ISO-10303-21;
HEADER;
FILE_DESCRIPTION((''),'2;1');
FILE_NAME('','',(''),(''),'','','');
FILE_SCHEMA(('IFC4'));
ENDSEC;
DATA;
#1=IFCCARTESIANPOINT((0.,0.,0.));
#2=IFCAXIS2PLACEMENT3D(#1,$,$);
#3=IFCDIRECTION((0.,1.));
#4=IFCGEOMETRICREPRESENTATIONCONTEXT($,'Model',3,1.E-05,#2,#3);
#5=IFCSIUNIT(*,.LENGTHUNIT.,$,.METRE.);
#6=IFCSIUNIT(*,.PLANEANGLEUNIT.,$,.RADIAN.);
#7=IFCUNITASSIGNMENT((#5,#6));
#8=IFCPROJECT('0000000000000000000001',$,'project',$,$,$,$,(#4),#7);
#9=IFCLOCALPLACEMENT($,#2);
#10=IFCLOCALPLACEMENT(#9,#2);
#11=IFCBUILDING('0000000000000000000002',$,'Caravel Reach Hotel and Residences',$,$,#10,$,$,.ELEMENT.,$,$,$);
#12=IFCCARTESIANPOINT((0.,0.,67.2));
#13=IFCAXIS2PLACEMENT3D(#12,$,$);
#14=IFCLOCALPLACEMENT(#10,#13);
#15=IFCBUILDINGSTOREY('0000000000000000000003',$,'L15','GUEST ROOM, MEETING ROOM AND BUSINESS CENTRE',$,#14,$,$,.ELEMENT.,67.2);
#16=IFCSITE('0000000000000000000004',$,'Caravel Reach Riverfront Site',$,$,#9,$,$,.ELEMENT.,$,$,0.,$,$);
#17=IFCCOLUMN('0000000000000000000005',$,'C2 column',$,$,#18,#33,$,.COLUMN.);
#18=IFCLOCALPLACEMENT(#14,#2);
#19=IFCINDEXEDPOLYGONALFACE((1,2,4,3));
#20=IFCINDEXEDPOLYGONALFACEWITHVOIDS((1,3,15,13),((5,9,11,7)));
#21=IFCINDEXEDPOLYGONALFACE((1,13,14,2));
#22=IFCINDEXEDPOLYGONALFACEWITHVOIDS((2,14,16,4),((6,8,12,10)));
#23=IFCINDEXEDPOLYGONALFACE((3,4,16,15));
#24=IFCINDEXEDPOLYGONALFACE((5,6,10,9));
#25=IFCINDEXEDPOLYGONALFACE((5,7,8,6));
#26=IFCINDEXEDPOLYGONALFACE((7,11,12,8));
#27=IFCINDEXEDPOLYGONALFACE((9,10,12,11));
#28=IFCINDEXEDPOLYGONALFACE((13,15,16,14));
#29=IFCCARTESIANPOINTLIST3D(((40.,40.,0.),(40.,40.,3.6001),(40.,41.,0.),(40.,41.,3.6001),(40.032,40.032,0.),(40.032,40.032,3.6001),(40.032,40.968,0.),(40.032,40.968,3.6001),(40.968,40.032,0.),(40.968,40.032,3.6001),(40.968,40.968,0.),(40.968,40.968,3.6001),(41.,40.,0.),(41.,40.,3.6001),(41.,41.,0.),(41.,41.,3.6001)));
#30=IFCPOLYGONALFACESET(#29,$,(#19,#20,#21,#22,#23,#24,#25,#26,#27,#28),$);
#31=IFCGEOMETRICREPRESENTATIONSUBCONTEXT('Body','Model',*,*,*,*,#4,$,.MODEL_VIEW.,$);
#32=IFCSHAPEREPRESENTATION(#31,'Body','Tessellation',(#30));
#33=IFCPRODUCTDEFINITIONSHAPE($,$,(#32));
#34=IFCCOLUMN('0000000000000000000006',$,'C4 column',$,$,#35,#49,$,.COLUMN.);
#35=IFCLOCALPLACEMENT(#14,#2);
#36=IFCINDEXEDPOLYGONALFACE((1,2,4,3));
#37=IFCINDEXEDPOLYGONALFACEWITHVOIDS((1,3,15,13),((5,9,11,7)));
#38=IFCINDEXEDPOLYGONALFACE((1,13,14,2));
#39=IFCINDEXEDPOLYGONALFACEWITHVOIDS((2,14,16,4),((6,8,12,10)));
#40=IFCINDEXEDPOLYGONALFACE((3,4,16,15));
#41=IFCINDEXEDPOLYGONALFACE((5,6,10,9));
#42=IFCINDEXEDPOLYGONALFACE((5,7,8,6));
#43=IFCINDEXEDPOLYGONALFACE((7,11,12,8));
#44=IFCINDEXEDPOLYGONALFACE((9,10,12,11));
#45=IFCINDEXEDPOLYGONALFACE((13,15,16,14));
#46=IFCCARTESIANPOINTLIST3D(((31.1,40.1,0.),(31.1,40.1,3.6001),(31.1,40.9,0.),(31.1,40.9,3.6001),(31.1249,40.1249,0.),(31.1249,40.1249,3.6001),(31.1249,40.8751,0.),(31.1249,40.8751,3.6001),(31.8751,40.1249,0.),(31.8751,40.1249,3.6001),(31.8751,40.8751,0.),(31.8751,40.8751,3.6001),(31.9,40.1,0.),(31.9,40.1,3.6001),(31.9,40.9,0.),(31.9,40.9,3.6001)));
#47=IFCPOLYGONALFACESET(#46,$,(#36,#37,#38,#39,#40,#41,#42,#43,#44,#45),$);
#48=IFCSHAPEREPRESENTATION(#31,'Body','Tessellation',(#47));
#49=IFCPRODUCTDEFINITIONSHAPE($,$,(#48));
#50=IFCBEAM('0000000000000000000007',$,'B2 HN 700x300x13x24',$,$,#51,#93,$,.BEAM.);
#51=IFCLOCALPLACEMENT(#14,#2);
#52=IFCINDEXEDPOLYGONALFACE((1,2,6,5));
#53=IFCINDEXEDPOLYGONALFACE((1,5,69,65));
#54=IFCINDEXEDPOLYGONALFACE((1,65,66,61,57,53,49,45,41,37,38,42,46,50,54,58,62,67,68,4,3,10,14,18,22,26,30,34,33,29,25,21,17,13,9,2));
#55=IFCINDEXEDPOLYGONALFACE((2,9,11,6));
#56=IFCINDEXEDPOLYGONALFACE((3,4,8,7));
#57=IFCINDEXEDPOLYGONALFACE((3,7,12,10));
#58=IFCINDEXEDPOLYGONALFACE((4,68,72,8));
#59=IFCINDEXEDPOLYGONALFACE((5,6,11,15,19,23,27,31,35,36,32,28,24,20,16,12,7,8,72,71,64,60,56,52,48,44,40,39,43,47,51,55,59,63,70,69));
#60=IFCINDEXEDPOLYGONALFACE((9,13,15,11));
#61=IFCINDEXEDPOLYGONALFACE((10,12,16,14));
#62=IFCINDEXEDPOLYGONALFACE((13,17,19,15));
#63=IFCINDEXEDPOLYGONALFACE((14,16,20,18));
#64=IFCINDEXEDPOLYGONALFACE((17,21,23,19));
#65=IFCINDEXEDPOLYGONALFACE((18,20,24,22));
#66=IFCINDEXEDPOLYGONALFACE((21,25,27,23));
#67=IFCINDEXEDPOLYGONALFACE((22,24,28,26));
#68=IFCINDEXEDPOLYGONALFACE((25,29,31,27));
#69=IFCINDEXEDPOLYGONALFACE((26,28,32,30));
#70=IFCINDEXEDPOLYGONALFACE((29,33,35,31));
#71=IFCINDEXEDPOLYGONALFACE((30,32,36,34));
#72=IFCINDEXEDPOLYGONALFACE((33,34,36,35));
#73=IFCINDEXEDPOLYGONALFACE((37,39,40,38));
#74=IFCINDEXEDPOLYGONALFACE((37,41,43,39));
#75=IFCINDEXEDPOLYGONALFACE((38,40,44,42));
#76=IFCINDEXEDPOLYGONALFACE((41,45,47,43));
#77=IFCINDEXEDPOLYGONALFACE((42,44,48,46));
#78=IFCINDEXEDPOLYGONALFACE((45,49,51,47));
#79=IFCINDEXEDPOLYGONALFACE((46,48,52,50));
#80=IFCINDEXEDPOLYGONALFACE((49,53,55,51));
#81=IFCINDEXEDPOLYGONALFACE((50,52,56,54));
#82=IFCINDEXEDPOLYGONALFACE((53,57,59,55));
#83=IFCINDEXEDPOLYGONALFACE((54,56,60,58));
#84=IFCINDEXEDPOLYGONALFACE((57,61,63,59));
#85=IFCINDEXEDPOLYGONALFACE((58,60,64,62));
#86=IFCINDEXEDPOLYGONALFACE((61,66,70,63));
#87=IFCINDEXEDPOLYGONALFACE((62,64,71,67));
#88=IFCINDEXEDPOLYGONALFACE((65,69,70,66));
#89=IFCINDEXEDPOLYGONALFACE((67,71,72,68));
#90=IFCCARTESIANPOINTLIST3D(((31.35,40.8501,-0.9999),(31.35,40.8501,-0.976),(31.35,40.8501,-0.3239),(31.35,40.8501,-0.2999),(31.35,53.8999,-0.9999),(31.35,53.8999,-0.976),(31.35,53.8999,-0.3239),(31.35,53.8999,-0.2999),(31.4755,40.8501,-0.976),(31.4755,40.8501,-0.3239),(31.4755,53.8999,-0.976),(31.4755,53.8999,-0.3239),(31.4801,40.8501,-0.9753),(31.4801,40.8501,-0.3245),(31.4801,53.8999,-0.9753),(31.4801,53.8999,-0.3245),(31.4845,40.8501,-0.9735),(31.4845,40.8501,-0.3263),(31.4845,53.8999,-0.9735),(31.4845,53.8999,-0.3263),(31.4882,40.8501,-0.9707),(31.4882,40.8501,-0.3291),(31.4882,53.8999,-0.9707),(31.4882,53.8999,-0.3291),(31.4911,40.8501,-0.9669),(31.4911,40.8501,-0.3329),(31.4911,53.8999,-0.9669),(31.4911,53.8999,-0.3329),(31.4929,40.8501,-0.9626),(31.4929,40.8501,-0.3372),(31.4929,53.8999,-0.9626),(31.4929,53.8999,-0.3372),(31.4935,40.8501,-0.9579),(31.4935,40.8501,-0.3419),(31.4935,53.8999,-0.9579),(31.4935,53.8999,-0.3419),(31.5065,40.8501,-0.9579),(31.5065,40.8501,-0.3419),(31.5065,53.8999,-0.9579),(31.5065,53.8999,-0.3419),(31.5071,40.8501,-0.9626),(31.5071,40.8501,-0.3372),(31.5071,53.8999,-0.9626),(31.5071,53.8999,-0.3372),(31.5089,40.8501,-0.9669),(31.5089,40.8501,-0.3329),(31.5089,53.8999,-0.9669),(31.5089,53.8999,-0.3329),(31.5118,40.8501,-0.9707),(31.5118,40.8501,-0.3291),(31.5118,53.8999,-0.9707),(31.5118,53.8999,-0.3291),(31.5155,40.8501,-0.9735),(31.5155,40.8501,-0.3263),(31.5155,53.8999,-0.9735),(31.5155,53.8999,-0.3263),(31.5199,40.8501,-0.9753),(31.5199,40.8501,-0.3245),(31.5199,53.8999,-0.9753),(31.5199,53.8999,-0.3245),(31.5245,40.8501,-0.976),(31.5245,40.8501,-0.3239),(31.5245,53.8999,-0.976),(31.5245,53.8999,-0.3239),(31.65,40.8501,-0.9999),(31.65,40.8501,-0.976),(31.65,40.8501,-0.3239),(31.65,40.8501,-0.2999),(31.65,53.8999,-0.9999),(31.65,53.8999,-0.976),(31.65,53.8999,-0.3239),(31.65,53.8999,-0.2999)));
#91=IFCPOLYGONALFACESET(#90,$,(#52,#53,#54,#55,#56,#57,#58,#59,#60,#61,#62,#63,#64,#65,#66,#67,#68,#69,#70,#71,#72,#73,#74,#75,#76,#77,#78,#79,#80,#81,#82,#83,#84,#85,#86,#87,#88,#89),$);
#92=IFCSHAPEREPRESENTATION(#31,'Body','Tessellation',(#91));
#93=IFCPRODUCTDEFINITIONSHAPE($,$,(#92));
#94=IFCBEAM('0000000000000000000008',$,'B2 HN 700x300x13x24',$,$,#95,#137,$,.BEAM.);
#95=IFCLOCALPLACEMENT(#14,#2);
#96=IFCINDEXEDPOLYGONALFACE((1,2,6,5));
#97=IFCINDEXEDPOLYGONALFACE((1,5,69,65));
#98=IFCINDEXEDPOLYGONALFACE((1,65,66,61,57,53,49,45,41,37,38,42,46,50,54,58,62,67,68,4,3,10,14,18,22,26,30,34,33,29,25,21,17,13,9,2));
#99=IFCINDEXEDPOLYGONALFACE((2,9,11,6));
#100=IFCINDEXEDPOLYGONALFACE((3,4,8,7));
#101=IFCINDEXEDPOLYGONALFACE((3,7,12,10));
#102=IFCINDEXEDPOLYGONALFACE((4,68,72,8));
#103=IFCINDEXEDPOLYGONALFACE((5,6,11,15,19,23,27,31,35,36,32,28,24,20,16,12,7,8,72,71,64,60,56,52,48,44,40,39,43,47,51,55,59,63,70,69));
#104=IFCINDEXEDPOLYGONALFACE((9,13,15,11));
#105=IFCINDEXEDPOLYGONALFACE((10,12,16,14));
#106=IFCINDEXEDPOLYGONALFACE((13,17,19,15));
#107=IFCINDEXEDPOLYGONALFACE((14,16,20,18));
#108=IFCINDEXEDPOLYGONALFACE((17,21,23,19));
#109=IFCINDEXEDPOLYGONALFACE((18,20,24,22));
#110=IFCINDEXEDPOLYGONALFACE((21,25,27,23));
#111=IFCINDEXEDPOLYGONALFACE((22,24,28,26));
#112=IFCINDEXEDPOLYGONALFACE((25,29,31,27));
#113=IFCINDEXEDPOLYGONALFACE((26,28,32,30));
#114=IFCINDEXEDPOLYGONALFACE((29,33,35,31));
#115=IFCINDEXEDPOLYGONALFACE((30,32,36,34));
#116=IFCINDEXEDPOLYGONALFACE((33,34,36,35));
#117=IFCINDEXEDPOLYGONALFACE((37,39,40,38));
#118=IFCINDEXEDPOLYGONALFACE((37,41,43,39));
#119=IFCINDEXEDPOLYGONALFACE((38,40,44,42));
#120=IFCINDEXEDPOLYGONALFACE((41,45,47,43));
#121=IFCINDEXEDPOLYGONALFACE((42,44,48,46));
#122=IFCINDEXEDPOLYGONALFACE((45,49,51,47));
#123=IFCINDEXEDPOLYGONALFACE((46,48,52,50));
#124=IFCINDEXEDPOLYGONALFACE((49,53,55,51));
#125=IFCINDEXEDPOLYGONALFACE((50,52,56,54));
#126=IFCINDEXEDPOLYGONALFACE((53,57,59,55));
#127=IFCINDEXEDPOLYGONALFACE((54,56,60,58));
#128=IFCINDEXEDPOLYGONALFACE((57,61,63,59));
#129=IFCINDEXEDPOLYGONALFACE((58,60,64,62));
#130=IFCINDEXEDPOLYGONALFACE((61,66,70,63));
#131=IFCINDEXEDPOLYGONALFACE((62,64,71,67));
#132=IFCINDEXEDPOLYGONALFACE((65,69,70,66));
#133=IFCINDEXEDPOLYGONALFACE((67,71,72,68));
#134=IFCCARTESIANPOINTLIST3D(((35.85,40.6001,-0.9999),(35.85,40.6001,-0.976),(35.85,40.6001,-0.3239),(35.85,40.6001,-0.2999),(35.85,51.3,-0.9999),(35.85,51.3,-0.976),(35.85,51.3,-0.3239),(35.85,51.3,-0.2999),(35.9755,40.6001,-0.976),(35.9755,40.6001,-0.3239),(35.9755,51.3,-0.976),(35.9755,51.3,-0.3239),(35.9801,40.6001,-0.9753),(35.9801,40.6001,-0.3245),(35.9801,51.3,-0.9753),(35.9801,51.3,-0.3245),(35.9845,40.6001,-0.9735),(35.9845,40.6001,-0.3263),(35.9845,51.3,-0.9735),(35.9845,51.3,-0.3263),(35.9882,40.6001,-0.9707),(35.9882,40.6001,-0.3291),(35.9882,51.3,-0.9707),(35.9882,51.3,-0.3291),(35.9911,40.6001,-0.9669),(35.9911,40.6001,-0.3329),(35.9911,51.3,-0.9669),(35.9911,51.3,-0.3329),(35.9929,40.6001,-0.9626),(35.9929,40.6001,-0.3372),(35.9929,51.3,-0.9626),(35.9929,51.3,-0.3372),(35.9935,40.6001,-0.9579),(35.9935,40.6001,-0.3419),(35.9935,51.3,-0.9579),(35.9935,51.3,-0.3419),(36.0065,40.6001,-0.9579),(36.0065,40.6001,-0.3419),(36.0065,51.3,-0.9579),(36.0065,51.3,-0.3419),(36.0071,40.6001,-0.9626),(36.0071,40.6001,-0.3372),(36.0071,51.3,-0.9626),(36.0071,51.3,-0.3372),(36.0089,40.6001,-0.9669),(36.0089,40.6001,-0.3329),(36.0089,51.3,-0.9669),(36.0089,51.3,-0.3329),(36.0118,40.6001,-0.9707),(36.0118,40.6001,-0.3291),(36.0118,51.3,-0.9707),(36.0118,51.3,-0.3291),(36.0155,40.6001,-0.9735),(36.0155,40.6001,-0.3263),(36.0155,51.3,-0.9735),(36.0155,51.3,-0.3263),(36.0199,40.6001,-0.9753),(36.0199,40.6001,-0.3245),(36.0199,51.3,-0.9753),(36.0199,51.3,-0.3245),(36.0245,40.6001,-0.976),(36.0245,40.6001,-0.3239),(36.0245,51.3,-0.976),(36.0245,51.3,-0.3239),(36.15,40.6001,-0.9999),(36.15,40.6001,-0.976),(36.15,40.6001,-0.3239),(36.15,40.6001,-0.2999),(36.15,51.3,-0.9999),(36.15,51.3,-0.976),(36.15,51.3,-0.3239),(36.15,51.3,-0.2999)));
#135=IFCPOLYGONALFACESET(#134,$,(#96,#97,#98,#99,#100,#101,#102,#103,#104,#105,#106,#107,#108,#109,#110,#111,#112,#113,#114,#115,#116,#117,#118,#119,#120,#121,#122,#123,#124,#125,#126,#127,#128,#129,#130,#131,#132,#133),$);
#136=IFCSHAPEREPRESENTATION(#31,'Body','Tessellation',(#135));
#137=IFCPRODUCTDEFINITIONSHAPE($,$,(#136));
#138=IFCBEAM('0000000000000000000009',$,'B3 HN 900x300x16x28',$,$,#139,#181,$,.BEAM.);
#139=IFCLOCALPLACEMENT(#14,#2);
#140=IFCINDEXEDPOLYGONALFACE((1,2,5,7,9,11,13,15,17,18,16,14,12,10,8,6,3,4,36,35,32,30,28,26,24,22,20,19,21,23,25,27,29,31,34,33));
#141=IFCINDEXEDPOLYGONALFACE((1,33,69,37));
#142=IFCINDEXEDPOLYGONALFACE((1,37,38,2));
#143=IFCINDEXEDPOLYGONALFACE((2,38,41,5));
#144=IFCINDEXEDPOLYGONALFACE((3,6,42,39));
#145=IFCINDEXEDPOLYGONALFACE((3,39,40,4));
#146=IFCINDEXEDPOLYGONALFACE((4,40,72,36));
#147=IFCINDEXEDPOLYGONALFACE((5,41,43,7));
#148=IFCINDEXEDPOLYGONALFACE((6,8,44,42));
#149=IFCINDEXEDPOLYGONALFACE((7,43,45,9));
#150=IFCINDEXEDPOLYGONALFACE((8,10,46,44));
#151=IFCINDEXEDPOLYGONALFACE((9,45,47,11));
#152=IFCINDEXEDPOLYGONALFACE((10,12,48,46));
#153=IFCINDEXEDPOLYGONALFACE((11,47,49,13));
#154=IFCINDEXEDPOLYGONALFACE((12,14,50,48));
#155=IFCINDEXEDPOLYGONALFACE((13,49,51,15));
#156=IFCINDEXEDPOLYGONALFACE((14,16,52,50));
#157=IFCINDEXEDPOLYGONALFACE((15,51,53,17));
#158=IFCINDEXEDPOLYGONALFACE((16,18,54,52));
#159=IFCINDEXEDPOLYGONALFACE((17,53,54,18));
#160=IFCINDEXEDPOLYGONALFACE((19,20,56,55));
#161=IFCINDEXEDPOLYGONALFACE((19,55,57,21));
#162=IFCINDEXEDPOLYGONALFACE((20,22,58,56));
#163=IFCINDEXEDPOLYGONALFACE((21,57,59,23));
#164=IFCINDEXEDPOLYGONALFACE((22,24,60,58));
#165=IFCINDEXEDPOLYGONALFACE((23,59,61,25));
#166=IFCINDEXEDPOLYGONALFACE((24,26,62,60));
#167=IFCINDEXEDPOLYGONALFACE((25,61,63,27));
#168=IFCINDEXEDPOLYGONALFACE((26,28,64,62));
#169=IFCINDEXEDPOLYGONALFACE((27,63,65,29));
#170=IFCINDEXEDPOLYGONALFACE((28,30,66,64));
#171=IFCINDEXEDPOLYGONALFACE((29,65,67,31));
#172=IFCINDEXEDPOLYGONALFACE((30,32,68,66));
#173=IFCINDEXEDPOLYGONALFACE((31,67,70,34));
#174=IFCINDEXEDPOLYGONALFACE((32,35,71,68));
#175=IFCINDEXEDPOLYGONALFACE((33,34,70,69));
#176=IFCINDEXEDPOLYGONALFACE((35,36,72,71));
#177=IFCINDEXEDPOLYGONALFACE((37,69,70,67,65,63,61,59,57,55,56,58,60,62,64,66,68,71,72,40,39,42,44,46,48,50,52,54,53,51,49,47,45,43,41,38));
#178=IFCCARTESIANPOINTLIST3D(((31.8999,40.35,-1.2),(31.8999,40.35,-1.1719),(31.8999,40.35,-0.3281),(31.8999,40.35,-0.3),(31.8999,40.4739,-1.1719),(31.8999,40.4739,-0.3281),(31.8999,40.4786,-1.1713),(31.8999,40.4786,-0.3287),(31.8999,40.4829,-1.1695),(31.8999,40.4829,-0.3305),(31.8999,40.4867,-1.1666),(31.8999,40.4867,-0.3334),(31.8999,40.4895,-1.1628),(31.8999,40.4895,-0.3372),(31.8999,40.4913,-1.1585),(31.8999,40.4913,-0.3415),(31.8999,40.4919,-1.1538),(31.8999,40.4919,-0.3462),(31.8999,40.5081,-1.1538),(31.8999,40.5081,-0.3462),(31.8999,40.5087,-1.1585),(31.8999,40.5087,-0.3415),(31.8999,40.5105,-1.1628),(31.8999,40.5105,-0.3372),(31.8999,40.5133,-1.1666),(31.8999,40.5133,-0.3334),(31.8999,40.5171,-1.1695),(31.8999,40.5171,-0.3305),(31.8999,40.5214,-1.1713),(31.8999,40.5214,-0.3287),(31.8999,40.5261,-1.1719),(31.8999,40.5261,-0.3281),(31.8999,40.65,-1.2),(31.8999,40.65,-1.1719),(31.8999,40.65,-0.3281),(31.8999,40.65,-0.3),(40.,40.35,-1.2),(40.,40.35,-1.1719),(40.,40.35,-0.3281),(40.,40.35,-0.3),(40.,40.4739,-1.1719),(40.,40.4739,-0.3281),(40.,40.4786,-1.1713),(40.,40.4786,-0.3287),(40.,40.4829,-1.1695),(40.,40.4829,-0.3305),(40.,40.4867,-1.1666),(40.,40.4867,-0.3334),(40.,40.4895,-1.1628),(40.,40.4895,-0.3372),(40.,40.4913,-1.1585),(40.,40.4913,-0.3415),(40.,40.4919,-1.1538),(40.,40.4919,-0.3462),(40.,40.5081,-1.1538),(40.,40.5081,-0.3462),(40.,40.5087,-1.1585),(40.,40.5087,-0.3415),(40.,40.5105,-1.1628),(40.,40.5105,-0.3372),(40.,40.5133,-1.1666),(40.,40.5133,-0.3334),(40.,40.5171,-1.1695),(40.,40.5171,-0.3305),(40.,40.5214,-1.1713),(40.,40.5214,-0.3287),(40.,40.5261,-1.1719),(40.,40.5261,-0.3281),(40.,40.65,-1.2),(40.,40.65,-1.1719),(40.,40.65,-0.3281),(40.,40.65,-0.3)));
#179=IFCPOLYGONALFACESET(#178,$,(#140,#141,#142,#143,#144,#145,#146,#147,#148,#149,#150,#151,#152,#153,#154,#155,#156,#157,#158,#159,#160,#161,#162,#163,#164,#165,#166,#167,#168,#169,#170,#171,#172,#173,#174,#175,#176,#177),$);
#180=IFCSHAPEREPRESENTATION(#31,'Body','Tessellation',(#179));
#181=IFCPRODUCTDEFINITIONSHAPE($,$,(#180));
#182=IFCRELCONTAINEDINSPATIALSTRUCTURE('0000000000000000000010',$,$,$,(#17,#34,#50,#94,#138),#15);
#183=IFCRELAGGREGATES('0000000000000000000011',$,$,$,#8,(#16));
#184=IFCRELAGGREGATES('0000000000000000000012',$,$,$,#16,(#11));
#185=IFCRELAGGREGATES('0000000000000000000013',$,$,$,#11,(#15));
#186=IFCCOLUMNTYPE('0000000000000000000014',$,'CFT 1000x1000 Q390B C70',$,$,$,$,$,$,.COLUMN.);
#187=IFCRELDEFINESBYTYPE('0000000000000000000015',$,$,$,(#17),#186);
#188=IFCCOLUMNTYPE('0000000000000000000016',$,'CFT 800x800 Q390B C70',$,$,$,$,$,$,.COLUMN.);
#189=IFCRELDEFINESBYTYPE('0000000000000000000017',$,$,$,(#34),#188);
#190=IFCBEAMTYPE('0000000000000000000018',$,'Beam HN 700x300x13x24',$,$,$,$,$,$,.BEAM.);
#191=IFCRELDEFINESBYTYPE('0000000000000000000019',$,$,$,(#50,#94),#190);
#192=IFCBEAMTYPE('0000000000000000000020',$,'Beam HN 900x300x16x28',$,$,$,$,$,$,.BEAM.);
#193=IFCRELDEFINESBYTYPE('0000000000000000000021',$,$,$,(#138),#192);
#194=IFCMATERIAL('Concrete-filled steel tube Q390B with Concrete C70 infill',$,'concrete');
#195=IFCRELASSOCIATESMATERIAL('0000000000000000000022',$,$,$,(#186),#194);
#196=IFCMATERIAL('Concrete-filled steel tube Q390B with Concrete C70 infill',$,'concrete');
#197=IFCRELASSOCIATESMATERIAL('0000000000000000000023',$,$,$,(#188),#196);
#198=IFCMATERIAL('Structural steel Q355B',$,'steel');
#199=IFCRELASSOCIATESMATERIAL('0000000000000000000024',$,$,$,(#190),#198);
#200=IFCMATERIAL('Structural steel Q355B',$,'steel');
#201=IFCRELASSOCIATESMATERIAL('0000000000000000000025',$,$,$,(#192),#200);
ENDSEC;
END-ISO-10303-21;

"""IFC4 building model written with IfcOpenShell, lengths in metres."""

from ifc_helpers import new_model, si_unit, direction, frame, origin, origin_2d, place, context, subcontext, project, spatial, hollow_rectangle, i_section, extrude, material, material_profile, profile_set, type_object, element, save


model = new_model("IFC4")

# Units and contexts
model_context = context("Model", 3, precision=1e-05, world=origin(), true_north=direction((0.0, 1.0)))
body_context = subcontext(model_context, "Body", "Model", "MODEL_VIEW")
ifc_project = project(units=[si_unit("LENGTHUNIT", "METRE"), si_unit("PLANEANGLEUNIT", "RADIAN")], contexts=[model_context])

# Site, building, storey
site_placement = place(None, origin())
site = spatial("IfcSite", under=ifc_project, at=site_placement, Name="Caravel Reach Riverfront Site", CompositionType="ELEMENT", RefElevation=0.0)
building_placement = place(site_placement, origin())
building = spatial("IfcBuilding", under=site, at=building_placement, Name="Caravel Reach Hotel and Residences", CompositionType="ELEMENT")
storey_placement = place(building_placement, frame((0.0, 0.0, 67.2)))
storey = spatial("IfcBuildingStorey", under=building, at=storey_placement, Name="L15", Description="GUEST ROOM, MEETING ROOM AND BUSINESS CENTRE", CompositionType="ELEMENT", Elevation=67.2)

# Columns
ifc_material_1 = material(Name="Concrete-filled steel tube Q390B with Concrete C70 infill", Category="concrete")
ifc_material_profile_1 = material_profile(ifc_material_1, hollow_rectangle(XDim=1.0, YDim=1.0, WallThickness=0.032, at=origin_2d()), Name="RHS 1000x1000x32")
ifc_profile_set_1 = profile_set([ifc_material_profile_1], Name="Concrete-filled steel tube Q390B with Concrete C70 infill")
column_type_1 = type_object("IfcColumnType", Name="CFT 1000x1000 Q390B C70", PredefinedType="COLUMN", material=ifc_profile_set_1)
column_1_placement = place(storey_placement, frame((40.5, 40.5, 0.0), z_axis=(0.0, 0.0, 1.0), x_axis=(1.0, 0.0, 0.0)))
element("IfcColumn", 1, at=column_1_placement, inside=storey, type_object=column_type_1, Name="C2 column", PredefinedType="COLUMN", context=body_context, shape_type="SweptSolid", body=[
    extrude(hollow_rectangle(XDim=1.0, YDim=1.0, WallThickness=0.032, at=origin_2d()), origin(), (0.0, 0.0, 1.0), 3.6001),
])
ifc_material_2 = material(Name="Concrete-filled steel tube Q390B with Concrete C70 infill", Category="concrete")
ifc_material_profile_2 = material_profile(ifc_material_2, hollow_rectangle(XDim=0.8, YDim=0.8, WallThickness=0.0249, at=origin_2d()), Name="RHS 800x800x25")
ifc_profile_set_2 = profile_set([ifc_material_profile_2], Name="Concrete-filled steel tube Q390B with Concrete C70 infill")
column_type_2 = type_object("IfcColumnType", Name="CFT 800x800 Q390B C70", PredefinedType="COLUMN", material=ifc_profile_set_2)
column_2_placement = place(storey_placement, frame((31.5, 40.5, 0.0), z_axis=(0.0, 0.0, 1.0), x_axis=(1.0, 0.0, 0.0)))
element("IfcColumn", 2, at=column_2_placement, inside=storey, type_object=column_type_2, Name="C4 column", PredefinedType="COLUMN", context=body_context, shape_type="SweptSolid", body=[
    extrude(hollow_rectangle(XDim=0.8, YDim=0.8, WallThickness=0.0249, at=origin_2d()), origin(), (0.0, 0.0, 1.0), 3.6001),
])

# Beams
ifc_material_3 = material(Name="Structural steel Q355B", Category="steel")
ifc_material_profile_3 = material_profile(ifc_material_3, i_section(OverallWidth=0.3, OverallDepth=0.7, WebThickness=0.0129, FlangeThickness=0.0239, FilletRadius=0.0181, at=origin_2d()), Name="HN 700x300x13x24")
ifc_profile_set_3 = profile_set([ifc_material_profile_3], Name="Structural steel Q355B")
beam_type_1 = type_object("IfcBeamType", Name="Beam HN 700x300x13x24", PredefinedType="BEAM", material=ifc_profile_set_3)
beam_1_placement = place(storey_placement, frame((31.5, 40.8501, -0.6499), z_axis=(0.0, 1.0, 0.0), x_axis=(-1.0, 0.0, 0.0)))
element("IfcBeam", 3, at=beam_1_placement, inside=storey, type_object=beam_type_1, Name="B2 HN 700x300x13x24", PredefinedType="BEAM", context=body_context, shape_type="SweptSolid", body=[
    extrude(i_section(OverallWidth=0.3, OverallDepth=0.7, WebThickness=0.0129, FlangeThickness=0.0239, FilletRadius=0.0181, at=origin_2d()), origin(), (0.0, 0.0, 1.0), 13.0498),
])
beam_2_placement = place(storey_placement, frame((36.0, 40.6001, -0.6499), z_axis=(0.0, 1.0, 0.0), x_axis=(-1.0, 0.0, 0.0)))
element("IfcBeam", 4, at=beam_2_placement, inside=storey, type_object=beam_type_1, Name="B2 HN 700x300x13x24", PredefinedType="BEAM", context=body_context, shape_type="SweptSolid", body=[
    extrude(i_section(OverallWidth=0.3, OverallDepth=0.7, WebThickness=0.0129, FlangeThickness=0.0239, FilletRadius=0.0181, at=origin_2d()), origin(), (0.0, 0.0, 1.0), 10.7),
])
ifc_material_4 = material(Name="Structural steel Q355B", Category="steel")
ifc_material_profile_4 = material_profile(ifc_material_4, i_section(OverallWidth=0.3, OverallDepth=0.8999, WebThickness=0.0161, FlangeThickness=0.0281, FilletRadius=0.0181, at=origin_2d()), Name="HN 900x300x16x28")
ifc_profile_set_4 = profile_set([ifc_material_profile_4], Name="Structural steel Q355B")
beam_type_2 = type_object("IfcBeamType", Name="Beam HN 900x300x16x28", PredefinedType="BEAM", material=ifc_profile_set_4)
beam_3_placement = place(storey_placement, frame((31.8999, 40.5, -0.75), z_axis=(1.0, 0.0, 0.0), x_axis=(0.0, 1.0, 0.0)))
element("IfcBeam", 5, at=beam_3_placement, inside=storey, type_object=beam_type_2, Name="B3 HN 900x300x16x28", PredefinedType="BEAM", context=body_context, shape_type="SweptSolid", body=[
    extrude(i_section(OverallWidth=0.3, OverallDepth=0.8999, WebThickness=0.0161, FlangeThickness=0.0281, FilletRadius=0.0181, at=origin_2d()), origin(), (0.0, 0.0, 1.0), 8.1001),
])

save(model, "model.ifc")
